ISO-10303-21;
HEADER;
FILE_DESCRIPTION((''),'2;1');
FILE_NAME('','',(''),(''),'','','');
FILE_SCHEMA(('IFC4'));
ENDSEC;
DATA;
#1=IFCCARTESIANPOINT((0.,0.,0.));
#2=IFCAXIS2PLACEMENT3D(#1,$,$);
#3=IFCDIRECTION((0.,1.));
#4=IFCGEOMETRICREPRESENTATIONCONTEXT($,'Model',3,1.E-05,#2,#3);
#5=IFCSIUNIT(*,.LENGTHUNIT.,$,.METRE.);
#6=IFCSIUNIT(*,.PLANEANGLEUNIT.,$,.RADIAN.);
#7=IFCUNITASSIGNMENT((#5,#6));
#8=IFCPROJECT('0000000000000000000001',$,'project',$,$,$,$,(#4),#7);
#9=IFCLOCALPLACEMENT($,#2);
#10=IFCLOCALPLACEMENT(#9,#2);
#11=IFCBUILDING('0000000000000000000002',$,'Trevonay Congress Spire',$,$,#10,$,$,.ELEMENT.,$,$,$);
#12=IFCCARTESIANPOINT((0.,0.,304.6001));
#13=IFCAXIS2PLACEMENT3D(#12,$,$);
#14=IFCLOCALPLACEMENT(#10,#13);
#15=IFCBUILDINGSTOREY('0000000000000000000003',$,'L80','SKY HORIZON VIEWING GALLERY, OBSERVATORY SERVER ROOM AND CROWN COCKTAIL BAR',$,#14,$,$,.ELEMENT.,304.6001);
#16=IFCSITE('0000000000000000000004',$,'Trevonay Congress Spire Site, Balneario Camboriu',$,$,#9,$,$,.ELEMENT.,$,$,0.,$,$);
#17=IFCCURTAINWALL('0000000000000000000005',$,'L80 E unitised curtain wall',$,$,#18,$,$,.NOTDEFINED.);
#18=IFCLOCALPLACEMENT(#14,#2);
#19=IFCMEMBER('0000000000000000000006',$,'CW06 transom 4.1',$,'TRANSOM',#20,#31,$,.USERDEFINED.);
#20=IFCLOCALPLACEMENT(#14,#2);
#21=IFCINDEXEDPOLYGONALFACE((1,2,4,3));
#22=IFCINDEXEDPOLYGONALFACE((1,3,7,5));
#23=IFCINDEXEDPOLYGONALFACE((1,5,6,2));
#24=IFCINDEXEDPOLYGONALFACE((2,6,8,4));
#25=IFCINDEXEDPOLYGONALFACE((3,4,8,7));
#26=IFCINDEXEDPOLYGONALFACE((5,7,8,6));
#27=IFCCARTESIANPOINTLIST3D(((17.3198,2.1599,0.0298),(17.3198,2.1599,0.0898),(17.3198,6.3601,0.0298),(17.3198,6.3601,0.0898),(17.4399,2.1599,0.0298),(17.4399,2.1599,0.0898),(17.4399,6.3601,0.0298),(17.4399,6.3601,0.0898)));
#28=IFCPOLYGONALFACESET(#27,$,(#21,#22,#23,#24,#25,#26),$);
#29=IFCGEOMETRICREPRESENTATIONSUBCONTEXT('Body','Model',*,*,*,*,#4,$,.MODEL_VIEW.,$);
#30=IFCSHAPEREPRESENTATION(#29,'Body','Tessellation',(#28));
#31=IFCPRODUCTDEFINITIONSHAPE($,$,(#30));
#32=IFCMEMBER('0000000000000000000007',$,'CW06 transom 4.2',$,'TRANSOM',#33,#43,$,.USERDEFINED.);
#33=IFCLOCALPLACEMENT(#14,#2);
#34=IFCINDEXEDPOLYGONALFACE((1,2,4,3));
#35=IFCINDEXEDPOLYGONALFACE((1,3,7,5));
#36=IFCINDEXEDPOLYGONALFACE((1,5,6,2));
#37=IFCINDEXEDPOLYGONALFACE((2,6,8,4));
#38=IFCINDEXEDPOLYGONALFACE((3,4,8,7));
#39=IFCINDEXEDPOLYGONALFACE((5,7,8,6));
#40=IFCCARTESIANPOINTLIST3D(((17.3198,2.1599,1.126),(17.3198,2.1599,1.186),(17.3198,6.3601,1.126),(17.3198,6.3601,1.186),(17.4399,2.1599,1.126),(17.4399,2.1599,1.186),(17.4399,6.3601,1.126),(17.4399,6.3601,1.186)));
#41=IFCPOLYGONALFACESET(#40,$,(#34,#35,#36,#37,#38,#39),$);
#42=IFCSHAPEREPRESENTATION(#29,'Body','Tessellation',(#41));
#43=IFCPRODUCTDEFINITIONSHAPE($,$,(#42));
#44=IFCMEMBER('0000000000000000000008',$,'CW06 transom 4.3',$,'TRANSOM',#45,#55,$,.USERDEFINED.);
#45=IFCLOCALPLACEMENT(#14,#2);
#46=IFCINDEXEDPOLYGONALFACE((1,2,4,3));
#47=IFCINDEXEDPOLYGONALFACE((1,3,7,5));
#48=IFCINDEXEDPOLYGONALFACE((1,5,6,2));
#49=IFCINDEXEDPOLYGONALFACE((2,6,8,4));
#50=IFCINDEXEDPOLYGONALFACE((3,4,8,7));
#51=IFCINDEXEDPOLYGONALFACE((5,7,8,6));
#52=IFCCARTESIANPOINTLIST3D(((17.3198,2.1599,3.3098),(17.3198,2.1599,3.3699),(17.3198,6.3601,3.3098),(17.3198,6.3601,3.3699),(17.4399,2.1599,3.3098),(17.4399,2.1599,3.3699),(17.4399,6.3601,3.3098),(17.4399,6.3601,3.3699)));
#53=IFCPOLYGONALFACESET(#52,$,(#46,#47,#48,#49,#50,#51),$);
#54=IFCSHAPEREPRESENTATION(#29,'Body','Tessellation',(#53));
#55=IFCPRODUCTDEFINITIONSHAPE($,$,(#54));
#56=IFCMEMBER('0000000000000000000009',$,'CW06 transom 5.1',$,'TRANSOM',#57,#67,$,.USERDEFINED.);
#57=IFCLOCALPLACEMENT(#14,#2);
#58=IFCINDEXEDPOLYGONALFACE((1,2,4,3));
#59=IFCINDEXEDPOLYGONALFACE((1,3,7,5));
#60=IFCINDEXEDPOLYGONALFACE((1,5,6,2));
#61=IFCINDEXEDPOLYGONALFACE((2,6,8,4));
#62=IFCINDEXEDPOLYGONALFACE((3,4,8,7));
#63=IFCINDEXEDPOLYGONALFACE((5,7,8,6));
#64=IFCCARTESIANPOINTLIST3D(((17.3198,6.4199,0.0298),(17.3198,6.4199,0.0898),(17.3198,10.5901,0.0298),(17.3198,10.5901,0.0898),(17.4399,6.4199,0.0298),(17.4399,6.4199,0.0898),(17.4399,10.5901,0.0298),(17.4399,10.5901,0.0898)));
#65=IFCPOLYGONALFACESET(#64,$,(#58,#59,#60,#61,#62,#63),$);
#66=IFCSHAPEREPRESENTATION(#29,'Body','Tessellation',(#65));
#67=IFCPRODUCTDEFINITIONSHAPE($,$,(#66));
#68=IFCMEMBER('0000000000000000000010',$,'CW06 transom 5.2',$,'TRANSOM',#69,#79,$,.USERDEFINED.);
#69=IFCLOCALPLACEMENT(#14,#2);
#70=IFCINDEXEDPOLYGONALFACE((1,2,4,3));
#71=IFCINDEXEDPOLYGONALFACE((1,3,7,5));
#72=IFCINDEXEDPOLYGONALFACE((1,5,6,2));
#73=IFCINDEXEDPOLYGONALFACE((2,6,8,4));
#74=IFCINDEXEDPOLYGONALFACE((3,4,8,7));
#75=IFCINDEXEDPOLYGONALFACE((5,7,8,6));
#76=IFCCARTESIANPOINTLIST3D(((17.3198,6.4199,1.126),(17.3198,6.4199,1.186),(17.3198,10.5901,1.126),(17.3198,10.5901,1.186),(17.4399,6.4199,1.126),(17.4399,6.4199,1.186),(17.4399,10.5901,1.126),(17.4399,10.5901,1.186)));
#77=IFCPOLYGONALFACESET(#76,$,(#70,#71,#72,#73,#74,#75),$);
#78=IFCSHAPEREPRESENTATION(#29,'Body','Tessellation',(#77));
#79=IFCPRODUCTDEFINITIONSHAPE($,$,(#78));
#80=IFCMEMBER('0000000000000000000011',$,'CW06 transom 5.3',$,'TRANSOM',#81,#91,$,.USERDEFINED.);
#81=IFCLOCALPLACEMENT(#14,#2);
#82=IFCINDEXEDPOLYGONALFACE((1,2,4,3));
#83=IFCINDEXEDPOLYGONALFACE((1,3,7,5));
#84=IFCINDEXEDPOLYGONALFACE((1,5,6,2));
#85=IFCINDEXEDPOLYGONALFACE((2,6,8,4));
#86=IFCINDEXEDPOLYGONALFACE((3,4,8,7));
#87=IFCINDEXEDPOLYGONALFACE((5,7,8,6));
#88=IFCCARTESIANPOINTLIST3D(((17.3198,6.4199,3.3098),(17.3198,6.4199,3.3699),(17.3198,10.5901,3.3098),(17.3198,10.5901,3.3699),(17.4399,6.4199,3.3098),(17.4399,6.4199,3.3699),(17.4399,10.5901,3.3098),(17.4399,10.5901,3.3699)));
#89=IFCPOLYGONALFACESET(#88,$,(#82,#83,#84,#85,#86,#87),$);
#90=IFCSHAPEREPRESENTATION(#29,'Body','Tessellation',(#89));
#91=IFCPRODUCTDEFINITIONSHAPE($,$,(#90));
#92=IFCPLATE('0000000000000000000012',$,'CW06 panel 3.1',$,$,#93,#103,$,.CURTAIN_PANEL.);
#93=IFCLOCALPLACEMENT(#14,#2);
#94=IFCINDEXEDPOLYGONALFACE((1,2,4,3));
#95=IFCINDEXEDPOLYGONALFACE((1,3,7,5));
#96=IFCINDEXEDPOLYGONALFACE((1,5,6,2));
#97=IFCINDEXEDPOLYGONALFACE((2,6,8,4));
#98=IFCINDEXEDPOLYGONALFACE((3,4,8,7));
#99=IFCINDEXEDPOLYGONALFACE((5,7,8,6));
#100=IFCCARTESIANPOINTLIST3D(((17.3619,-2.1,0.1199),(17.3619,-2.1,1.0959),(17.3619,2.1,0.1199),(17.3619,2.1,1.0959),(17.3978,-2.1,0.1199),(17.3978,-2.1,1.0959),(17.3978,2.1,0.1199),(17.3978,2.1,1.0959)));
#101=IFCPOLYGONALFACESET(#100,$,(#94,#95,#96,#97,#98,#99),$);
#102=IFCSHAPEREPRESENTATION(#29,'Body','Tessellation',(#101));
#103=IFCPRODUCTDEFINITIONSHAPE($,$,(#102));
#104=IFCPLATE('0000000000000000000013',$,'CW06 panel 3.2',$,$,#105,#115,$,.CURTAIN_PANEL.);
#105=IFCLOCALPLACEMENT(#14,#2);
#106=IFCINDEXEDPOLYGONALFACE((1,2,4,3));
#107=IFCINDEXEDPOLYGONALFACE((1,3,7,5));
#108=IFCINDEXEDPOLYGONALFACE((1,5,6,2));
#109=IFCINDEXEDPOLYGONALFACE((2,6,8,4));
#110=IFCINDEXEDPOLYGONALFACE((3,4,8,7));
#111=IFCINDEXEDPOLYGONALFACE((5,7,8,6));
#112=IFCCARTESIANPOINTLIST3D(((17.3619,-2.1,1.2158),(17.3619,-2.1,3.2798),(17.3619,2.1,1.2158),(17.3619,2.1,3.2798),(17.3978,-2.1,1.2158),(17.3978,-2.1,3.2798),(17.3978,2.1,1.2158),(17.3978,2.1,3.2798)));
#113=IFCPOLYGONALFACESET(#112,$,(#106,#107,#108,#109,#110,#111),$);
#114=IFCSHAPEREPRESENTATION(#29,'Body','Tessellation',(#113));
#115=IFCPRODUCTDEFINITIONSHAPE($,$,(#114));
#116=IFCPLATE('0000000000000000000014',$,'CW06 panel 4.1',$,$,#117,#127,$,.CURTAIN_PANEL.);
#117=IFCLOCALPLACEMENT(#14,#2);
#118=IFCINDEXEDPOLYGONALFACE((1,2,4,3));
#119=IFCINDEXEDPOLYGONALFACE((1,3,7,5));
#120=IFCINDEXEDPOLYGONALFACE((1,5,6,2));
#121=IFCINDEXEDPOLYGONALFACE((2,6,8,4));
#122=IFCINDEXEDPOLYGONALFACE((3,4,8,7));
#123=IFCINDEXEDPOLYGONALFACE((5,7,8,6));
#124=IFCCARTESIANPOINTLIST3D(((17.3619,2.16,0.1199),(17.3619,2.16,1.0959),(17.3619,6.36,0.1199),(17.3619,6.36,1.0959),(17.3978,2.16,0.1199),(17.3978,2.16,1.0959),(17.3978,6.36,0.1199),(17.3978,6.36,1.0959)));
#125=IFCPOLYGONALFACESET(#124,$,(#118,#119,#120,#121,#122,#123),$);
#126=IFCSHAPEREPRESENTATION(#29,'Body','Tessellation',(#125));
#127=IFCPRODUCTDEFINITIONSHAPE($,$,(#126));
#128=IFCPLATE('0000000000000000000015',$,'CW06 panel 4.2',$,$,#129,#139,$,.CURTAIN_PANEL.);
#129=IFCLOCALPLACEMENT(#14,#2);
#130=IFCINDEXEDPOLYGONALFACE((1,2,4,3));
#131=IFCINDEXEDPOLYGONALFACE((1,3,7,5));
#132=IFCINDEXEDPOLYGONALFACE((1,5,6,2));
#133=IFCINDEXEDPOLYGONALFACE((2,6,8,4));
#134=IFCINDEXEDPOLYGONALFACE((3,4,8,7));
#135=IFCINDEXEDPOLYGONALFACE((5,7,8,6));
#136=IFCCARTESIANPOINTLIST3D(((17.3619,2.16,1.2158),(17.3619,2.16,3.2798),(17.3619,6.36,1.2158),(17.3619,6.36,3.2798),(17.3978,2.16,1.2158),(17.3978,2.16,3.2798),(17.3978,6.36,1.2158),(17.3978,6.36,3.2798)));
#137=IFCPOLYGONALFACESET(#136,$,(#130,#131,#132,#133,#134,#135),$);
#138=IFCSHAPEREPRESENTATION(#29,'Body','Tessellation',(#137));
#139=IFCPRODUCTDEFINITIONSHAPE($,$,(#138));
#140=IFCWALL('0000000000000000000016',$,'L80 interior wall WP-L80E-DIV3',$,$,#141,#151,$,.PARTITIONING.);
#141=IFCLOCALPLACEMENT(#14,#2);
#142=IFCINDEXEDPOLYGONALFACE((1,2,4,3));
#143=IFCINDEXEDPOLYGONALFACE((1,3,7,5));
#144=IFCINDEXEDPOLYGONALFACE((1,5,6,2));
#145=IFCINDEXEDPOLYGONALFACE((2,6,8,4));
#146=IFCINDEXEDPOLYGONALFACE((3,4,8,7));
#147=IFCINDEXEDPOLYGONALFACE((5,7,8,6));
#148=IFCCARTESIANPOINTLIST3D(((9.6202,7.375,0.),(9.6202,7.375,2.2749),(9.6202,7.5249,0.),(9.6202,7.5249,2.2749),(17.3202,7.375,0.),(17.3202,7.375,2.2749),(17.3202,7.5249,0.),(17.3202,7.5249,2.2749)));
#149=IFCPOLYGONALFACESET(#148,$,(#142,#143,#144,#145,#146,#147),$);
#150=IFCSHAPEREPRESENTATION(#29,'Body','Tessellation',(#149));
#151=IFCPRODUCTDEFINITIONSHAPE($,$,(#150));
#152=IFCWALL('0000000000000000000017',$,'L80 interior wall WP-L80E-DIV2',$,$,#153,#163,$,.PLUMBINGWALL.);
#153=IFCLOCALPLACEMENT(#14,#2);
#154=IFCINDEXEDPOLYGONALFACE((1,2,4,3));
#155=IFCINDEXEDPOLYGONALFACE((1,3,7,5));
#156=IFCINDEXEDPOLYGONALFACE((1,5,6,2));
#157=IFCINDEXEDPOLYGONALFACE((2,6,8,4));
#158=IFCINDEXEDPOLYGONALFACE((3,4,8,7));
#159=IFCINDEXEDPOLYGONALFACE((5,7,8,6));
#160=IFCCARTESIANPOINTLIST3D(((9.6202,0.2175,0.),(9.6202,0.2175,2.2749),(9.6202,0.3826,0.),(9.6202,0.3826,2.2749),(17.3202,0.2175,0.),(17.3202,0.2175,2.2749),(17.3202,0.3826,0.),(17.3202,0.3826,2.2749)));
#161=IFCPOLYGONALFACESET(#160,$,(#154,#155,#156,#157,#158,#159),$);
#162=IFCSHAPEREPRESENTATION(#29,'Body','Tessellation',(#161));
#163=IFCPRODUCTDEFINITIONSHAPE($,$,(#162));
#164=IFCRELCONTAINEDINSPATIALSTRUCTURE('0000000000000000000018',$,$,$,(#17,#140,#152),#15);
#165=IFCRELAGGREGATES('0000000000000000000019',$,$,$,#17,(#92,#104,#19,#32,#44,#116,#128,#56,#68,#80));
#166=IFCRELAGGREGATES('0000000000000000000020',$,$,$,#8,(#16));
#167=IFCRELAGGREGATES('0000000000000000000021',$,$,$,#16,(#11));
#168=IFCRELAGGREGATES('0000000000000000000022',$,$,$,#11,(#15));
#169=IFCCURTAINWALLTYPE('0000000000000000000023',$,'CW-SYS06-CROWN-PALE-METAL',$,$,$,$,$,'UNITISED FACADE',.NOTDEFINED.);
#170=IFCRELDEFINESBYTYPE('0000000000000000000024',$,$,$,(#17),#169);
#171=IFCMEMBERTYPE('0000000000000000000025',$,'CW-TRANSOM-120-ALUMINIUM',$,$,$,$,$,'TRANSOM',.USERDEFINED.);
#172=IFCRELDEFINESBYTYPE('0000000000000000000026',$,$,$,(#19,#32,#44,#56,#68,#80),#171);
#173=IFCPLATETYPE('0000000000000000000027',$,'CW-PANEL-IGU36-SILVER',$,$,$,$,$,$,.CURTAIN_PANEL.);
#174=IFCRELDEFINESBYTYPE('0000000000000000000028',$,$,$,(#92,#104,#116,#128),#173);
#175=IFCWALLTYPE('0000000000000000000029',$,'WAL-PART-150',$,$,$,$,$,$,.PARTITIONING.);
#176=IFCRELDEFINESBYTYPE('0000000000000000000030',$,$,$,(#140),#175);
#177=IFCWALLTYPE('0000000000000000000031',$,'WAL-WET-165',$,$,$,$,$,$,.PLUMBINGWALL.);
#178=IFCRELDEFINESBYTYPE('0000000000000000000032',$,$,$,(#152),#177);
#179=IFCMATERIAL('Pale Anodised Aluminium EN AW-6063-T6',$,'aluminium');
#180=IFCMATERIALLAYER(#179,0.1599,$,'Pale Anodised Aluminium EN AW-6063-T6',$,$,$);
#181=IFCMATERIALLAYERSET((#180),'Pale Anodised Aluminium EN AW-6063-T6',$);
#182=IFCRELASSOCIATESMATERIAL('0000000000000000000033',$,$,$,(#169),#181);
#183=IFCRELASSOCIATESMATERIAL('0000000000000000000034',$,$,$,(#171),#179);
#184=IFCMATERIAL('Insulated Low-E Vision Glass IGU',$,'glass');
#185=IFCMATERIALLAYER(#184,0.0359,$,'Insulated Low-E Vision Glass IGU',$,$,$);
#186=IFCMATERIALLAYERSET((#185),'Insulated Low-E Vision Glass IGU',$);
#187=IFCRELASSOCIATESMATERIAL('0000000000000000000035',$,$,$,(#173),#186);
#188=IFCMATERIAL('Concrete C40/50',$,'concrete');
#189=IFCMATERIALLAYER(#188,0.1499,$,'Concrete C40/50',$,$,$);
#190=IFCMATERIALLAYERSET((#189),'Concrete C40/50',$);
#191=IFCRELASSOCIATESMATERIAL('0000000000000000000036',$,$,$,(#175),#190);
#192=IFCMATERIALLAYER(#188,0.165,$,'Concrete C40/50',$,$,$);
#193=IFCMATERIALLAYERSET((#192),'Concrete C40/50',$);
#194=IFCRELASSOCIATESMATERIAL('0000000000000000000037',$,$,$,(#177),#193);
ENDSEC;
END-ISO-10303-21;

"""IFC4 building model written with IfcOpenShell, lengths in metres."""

from ifc_helpers import new_model, si_unit, direction, frame, frame_2d, origin, origin_2d, place, context, subcontext, project, spatial, rectangle, extrude, material, layer, layer_set, material_profile, profile_set, type_object, element, aggregate, save


model = new_model("IFC4")

# Units and contexts
model_context = context("Model", 3, precision=1e-05, world=origin(), true_north=direction((0.0, 1.0)))
body_context = subcontext(model_context, "Body", "Model", "MODEL_VIEW")
ifc_project = project(units=[si_unit("LENGTHUNIT", "METRE"), si_unit("PLANEANGLEUNIT", "RADIAN")], contexts=[model_context])

# Site, building, storey
site_placement = place(None, origin())
site = spatial("IfcSite", under=ifc_project, at=site_placement, Name="Trevonay Congress Spire Site, Balneario Camboriu", CompositionType="ELEMENT", RefElevation=0.0)
building_placement = place(site_placement, origin())
building = spatial("IfcBuilding", under=site, at=building_placement, Name="Trevonay Congress Spire", CompositionType="ELEMENT")
storey_placement = place(building_placement, frame((0.0, 0.0, 304.6001)))
storey = spatial("IfcBuildingStorey", under=building, at=storey_placement, Name="L80", Description="SKY HORIZON VIEWING GALLERY, OBSERVATORY SERVER ROOM AND CROWN COCKTAIL BAR", CompositionType="ELEMENT", Elevation=304.6001)

# Curtain wall, members, plates
ifc_material_1 = material(Name="Pale Anodised Aluminium EN AW-6063-T6", Category="aluminium")
ifc_layer_1 = layer(ifc_material_1, 0.1599, Name="Pale Anodised Aluminium EN AW-6063-T6")
ifc_layer_set_1 = layer_set([ifc_layer_1], Name="Pale Anodised Aluminium EN AW-6063-T6")
curtain_wall_type = type_object("IfcCurtainWallType", Name="CW-SYS06-CROWN-PALE-METAL", ElementType="UNITISED FACADE", PredefinedType="NOTDEFINED", material=ifc_layer_set_1)
curtain_wall_placement = place(storey_placement, origin())
curtain_wall = element("IfcCurtainWall", 1, at=curtain_wall_placement, inside=storey, type_object=curtain_wall_type, Name="L80 E unitised curtain wall", PredefinedType="NOTDEFINED")
ifc_material_profile_1 = material_profile(ifc_material_1, rectangle(XDim=0.1201, YDim=0.0601, at=origin_2d()), Name="CW-TRANSOM-120-ALUMINIUM")
ifc_profile_set_1 = profile_set([ifc_material_profile_1], Name="Pale Anodised Aluminium EN AW-6063-T6")
member_type_1 = type_object("IfcMemberType", Name="CW-TRANSOM-120-ALUMINIUM", ElementType="TRANSOM", PredefinedType="USERDEFINED", material=ifc_profile_set_1)
member_1_placement = place(storey_placement, frame((17.3799, 2.1599, 0.0598), z_axis=(0.0, 1.0, 0.0), x_axis=(-1.0, 0.0, 0.0)))
member_1 = element("IfcMember", 2, at=member_1_placement, type_object=member_type_1, Name="CW06 transom 4.1", ObjectType="TRANSOM", PredefinedType="USERDEFINED", context=body_context, shape_type="SweptSolid", body=[
    extrude(rectangle(XDim=0.1201, YDim=0.0601, at=origin_2d()), origin(), (0.0, 0.0, 1.0), 4.2002),
])
member_2_placement = place(storey_placement, frame((17.3799, 2.1599, 1.156), z_axis=(0.0, 1.0, 0.0), x_axis=(-1.0, 0.0, 0.0)))
member_2 = element("IfcMember", 3, at=member_2_placement, type_object=member_type_1, Name="CW06 transom 4.2", ObjectType="TRANSOM", PredefinedType="USERDEFINED", context=body_context, shape_type="SweptSolid", body=[
    extrude(rectangle(XDim=0.1201, YDim=0.0601, at=origin_2d()), origin(), (0.0, 0.0, 1.0), 4.2002),
])
member_3_placement = place(storey_placement, frame((17.3799, 2.1599, 3.3398), z_axis=(0.0, 1.0, 0.0), x_axis=(-1.0, 0.0, 0.0)))
member_3 = element("IfcMember", 4, at=member_3_placement, type_object=member_type_1, Name="CW06 transom 4.3", ObjectType="TRANSOM", PredefinedType="USERDEFINED", context=body_context, shape_type="SweptSolid", body=[
    extrude(rectangle(XDim=0.1201, YDim=0.0601, at=origin_2d()), origin(), (0.0, 0.0, 1.0), 4.2002),
])
member_4_placement = place(storey_placement, frame((17.3799, 6.4199, 0.0598), z_axis=(0.0, 1.0, 0.0), x_axis=(-1.0, 0.0, 0.0)))
member_4 = element("IfcMember", 5, at=member_4_placement, type_object=member_type_1, Name="CW06 transom 5.1", ObjectType="TRANSOM", PredefinedType="USERDEFINED", context=body_context, shape_type="SweptSolid", body=[
    extrude(rectangle(XDim=0.1201, YDim=0.0601, at=origin_2d()), origin(), (0.0, 0.0, 1.0), 4.1702),
])
member_5_placement = place(storey_placement, frame((17.3799, 6.4199, 1.156), z_axis=(0.0, 1.0, 0.0), x_axis=(-1.0, 0.0, 0.0)))
member_5 = element("IfcMember", 6, at=member_5_placement, type_object=member_type_1, Name="CW06 transom 5.2", ObjectType="TRANSOM", PredefinedType="USERDEFINED", context=body_context, shape_type="SweptSolid", body=[
    extrude(rectangle(XDim=0.1201, YDim=0.0601, at=origin_2d()), origin(), (0.0, 0.0, 1.0), 4.1702),
])
member_6_placement = place(storey_placement, frame((17.3799, 6.4199, 3.3398), z_axis=(0.0, 1.0, 0.0), x_axis=(-1.0, 0.0, 0.0)))
member_6 = element("IfcMember", 7, at=member_6_placement, type_object=member_type_1, Name="CW06 transom 5.3", ObjectType="TRANSOM", PredefinedType="USERDEFINED", context=body_context, shape_type="SweptSolid", body=[
    extrude(rectangle(XDim=0.1201, YDim=0.0601, at=origin_2d()), origin(), (0.0, 0.0, 1.0), 4.1702),
])
ifc_material_2 = material(Name="Insulated Low-E Vision Glass IGU", Category="glass")
ifc_layer_2 = layer(ifc_material_2, 0.0359, Name="Insulated Low-E Vision Glass IGU")
ifc_layer_set_2 = layer_set([ifc_layer_2], Name="Insulated Low-E Vision Glass IGU")
plate_type = type_object("IfcPlateType", Name="CW-PANEL-IGU36-SILVER", PredefinedType="CURTAIN_PANEL", material=ifc_layer_set_2)
plate_1_placement = place(storey_placement, frame((17.3799, 0.0, 0.1199), z_axis=(0.0, 0.0, 1.0), x_axis=(0.0, 1.0, 0.0)))
plate_1 = element("IfcPlate", 8, at=plate_1_placement, type_object=plate_type, Name="CW06 panel 3.1", PredefinedType="CURTAIN_PANEL", context=body_context, shape_type="SweptSolid", body=[
    extrude(rectangle(XDim=4.2, YDim=0.0359, at=origin_2d()), origin(), (0.0, 0.0, 1.0), 0.9761),
])
plate_2_placement = place(storey_placement, frame((17.3799, 0.0, 1.2158), z_axis=(0.0, 0.0, 1.0), x_axis=(0.0, 1.0, 0.0)))
plate_2 = element("IfcPlate", 9, at=plate_2_placement, type_object=plate_type, Name="CW06 panel 3.2", PredefinedType="CURTAIN_PANEL", context=body_context, shape_type="SweptSolid", body=[
    extrude(rectangle(XDim=4.2, YDim=0.0359, at=origin_2d()), origin(), (0.0, 0.0, 1.0), 2.064),
])
plate_3_placement = place(storey_placement, frame((17.3799, 4.26, 0.1199), z_axis=(0.0, 0.0, 1.0), x_axis=(0.0, 1.0, 0.0)))
plate_3 = element("IfcPlate", 10, at=plate_3_placement, type_object=plate_type, Name="CW06 panel 4.1", PredefinedType="CURTAIN_PANEL", context=body_context, shape_type="SweptSolid", body=[
    extrude(rectangle(XDim=4.2, YDim=0.0359, at=origin_2d()), origin(), (0.0, 0.0, 1.0), 0.9761),
])
plate_4_placement = place(storey_placement, frame((17.3799, 4.26, 1.2158), z_axis=(0.0, 0.0, 1.0), x_axis=(0.0, 1.0, 0.0)))
plate_4 = element("IfcPlate", 11, at=plate_4_placement, type_object=plate_type, Name="CW06 panel 4.2", PredefinedType="CURTAIN_PANEL", context=body_context, shape_type="SweptSolid", body=[
    extrude(rectangle(XDim=4.2, YDim=0.0359, at=origin_2d()), origin(), (0.0, 0.0, 1.0), 2.064),
])
aggregate(curtain_wall, [plate_1, plate_2, member_1, member_2, member_3, plate_3, plate_4, member_4, member_5, member_6])

# Walls
ifc_material_3 = material(Name="Concrete C40/50", Category="concrete")
ifc_layer_3 = layer(ifc_material_3, 0.1499, Name="Concrete C40/50")
ifc_layer_set_3 = layer_set([ifc_layer_3], Name="Concrete C40/50")
wall_type_1 = type_object("IfcWallType", Name="WAL-PART-150", PredefinedType="PARTITIONING", material=ifc_layer_set_3)
wall_1_placement = place(storey_placement, frame((9.6201, 7.45, 0.0), z_axis=(0.0, 0.0, 1.0), x_axis=(1.0, 0.0, 0.0)))
element("IfcWall", 12, at=wall_1_placement, inside=storey, type_object=wall_type_1, Name="L80 interior wall WP-L80E-DIV3", PredefinedType="PARTITIONING", context=body_context, shape_type="SweptSolid", body=[
    extrude(rectangle(XDim=7.7, YDim=0.1499, at=frame_2d((3.8501, 0.0))), origin(), (0.0, 0.0, 1.0), 2.2749),
])
ifc_layer_4 = layer(ifc_material_3, 0.165, Name="Concrete C40/50")
ifc_layer_set_4 = layer_set([ifc_layer_4], Name="Concrete C40/50")
wall_type_2 = type_object("IfcWallType", Name="WAL-WET-165", PredefinedType="PLUMBINGWALL", material=ifc_layer_set_4)
wall_2_placement = place(storey_placement, frame((9.6201, 0.3, 0.0), z_axis=(0.0, 0.0, 1.0), x_axis=(1.0, 0.0, 0.0)))
element("IfcWall", 13, at=wall_2_placement, inside=storey, type_object=wall_type_2, Name="L80 interior wall WP-L80E-DIV2", PredefinedType="PLUMBINGWALL", context=body_context, shape_type="SweptSolid", body=[
    extrude(rectangle(XDim=7.7, YDim=0.165, at=frame_2d((3.8501, 0.0))), origin(), (0.0, 0.0, 1.0), 2.2749),
])

save(model, "model.ifc")
